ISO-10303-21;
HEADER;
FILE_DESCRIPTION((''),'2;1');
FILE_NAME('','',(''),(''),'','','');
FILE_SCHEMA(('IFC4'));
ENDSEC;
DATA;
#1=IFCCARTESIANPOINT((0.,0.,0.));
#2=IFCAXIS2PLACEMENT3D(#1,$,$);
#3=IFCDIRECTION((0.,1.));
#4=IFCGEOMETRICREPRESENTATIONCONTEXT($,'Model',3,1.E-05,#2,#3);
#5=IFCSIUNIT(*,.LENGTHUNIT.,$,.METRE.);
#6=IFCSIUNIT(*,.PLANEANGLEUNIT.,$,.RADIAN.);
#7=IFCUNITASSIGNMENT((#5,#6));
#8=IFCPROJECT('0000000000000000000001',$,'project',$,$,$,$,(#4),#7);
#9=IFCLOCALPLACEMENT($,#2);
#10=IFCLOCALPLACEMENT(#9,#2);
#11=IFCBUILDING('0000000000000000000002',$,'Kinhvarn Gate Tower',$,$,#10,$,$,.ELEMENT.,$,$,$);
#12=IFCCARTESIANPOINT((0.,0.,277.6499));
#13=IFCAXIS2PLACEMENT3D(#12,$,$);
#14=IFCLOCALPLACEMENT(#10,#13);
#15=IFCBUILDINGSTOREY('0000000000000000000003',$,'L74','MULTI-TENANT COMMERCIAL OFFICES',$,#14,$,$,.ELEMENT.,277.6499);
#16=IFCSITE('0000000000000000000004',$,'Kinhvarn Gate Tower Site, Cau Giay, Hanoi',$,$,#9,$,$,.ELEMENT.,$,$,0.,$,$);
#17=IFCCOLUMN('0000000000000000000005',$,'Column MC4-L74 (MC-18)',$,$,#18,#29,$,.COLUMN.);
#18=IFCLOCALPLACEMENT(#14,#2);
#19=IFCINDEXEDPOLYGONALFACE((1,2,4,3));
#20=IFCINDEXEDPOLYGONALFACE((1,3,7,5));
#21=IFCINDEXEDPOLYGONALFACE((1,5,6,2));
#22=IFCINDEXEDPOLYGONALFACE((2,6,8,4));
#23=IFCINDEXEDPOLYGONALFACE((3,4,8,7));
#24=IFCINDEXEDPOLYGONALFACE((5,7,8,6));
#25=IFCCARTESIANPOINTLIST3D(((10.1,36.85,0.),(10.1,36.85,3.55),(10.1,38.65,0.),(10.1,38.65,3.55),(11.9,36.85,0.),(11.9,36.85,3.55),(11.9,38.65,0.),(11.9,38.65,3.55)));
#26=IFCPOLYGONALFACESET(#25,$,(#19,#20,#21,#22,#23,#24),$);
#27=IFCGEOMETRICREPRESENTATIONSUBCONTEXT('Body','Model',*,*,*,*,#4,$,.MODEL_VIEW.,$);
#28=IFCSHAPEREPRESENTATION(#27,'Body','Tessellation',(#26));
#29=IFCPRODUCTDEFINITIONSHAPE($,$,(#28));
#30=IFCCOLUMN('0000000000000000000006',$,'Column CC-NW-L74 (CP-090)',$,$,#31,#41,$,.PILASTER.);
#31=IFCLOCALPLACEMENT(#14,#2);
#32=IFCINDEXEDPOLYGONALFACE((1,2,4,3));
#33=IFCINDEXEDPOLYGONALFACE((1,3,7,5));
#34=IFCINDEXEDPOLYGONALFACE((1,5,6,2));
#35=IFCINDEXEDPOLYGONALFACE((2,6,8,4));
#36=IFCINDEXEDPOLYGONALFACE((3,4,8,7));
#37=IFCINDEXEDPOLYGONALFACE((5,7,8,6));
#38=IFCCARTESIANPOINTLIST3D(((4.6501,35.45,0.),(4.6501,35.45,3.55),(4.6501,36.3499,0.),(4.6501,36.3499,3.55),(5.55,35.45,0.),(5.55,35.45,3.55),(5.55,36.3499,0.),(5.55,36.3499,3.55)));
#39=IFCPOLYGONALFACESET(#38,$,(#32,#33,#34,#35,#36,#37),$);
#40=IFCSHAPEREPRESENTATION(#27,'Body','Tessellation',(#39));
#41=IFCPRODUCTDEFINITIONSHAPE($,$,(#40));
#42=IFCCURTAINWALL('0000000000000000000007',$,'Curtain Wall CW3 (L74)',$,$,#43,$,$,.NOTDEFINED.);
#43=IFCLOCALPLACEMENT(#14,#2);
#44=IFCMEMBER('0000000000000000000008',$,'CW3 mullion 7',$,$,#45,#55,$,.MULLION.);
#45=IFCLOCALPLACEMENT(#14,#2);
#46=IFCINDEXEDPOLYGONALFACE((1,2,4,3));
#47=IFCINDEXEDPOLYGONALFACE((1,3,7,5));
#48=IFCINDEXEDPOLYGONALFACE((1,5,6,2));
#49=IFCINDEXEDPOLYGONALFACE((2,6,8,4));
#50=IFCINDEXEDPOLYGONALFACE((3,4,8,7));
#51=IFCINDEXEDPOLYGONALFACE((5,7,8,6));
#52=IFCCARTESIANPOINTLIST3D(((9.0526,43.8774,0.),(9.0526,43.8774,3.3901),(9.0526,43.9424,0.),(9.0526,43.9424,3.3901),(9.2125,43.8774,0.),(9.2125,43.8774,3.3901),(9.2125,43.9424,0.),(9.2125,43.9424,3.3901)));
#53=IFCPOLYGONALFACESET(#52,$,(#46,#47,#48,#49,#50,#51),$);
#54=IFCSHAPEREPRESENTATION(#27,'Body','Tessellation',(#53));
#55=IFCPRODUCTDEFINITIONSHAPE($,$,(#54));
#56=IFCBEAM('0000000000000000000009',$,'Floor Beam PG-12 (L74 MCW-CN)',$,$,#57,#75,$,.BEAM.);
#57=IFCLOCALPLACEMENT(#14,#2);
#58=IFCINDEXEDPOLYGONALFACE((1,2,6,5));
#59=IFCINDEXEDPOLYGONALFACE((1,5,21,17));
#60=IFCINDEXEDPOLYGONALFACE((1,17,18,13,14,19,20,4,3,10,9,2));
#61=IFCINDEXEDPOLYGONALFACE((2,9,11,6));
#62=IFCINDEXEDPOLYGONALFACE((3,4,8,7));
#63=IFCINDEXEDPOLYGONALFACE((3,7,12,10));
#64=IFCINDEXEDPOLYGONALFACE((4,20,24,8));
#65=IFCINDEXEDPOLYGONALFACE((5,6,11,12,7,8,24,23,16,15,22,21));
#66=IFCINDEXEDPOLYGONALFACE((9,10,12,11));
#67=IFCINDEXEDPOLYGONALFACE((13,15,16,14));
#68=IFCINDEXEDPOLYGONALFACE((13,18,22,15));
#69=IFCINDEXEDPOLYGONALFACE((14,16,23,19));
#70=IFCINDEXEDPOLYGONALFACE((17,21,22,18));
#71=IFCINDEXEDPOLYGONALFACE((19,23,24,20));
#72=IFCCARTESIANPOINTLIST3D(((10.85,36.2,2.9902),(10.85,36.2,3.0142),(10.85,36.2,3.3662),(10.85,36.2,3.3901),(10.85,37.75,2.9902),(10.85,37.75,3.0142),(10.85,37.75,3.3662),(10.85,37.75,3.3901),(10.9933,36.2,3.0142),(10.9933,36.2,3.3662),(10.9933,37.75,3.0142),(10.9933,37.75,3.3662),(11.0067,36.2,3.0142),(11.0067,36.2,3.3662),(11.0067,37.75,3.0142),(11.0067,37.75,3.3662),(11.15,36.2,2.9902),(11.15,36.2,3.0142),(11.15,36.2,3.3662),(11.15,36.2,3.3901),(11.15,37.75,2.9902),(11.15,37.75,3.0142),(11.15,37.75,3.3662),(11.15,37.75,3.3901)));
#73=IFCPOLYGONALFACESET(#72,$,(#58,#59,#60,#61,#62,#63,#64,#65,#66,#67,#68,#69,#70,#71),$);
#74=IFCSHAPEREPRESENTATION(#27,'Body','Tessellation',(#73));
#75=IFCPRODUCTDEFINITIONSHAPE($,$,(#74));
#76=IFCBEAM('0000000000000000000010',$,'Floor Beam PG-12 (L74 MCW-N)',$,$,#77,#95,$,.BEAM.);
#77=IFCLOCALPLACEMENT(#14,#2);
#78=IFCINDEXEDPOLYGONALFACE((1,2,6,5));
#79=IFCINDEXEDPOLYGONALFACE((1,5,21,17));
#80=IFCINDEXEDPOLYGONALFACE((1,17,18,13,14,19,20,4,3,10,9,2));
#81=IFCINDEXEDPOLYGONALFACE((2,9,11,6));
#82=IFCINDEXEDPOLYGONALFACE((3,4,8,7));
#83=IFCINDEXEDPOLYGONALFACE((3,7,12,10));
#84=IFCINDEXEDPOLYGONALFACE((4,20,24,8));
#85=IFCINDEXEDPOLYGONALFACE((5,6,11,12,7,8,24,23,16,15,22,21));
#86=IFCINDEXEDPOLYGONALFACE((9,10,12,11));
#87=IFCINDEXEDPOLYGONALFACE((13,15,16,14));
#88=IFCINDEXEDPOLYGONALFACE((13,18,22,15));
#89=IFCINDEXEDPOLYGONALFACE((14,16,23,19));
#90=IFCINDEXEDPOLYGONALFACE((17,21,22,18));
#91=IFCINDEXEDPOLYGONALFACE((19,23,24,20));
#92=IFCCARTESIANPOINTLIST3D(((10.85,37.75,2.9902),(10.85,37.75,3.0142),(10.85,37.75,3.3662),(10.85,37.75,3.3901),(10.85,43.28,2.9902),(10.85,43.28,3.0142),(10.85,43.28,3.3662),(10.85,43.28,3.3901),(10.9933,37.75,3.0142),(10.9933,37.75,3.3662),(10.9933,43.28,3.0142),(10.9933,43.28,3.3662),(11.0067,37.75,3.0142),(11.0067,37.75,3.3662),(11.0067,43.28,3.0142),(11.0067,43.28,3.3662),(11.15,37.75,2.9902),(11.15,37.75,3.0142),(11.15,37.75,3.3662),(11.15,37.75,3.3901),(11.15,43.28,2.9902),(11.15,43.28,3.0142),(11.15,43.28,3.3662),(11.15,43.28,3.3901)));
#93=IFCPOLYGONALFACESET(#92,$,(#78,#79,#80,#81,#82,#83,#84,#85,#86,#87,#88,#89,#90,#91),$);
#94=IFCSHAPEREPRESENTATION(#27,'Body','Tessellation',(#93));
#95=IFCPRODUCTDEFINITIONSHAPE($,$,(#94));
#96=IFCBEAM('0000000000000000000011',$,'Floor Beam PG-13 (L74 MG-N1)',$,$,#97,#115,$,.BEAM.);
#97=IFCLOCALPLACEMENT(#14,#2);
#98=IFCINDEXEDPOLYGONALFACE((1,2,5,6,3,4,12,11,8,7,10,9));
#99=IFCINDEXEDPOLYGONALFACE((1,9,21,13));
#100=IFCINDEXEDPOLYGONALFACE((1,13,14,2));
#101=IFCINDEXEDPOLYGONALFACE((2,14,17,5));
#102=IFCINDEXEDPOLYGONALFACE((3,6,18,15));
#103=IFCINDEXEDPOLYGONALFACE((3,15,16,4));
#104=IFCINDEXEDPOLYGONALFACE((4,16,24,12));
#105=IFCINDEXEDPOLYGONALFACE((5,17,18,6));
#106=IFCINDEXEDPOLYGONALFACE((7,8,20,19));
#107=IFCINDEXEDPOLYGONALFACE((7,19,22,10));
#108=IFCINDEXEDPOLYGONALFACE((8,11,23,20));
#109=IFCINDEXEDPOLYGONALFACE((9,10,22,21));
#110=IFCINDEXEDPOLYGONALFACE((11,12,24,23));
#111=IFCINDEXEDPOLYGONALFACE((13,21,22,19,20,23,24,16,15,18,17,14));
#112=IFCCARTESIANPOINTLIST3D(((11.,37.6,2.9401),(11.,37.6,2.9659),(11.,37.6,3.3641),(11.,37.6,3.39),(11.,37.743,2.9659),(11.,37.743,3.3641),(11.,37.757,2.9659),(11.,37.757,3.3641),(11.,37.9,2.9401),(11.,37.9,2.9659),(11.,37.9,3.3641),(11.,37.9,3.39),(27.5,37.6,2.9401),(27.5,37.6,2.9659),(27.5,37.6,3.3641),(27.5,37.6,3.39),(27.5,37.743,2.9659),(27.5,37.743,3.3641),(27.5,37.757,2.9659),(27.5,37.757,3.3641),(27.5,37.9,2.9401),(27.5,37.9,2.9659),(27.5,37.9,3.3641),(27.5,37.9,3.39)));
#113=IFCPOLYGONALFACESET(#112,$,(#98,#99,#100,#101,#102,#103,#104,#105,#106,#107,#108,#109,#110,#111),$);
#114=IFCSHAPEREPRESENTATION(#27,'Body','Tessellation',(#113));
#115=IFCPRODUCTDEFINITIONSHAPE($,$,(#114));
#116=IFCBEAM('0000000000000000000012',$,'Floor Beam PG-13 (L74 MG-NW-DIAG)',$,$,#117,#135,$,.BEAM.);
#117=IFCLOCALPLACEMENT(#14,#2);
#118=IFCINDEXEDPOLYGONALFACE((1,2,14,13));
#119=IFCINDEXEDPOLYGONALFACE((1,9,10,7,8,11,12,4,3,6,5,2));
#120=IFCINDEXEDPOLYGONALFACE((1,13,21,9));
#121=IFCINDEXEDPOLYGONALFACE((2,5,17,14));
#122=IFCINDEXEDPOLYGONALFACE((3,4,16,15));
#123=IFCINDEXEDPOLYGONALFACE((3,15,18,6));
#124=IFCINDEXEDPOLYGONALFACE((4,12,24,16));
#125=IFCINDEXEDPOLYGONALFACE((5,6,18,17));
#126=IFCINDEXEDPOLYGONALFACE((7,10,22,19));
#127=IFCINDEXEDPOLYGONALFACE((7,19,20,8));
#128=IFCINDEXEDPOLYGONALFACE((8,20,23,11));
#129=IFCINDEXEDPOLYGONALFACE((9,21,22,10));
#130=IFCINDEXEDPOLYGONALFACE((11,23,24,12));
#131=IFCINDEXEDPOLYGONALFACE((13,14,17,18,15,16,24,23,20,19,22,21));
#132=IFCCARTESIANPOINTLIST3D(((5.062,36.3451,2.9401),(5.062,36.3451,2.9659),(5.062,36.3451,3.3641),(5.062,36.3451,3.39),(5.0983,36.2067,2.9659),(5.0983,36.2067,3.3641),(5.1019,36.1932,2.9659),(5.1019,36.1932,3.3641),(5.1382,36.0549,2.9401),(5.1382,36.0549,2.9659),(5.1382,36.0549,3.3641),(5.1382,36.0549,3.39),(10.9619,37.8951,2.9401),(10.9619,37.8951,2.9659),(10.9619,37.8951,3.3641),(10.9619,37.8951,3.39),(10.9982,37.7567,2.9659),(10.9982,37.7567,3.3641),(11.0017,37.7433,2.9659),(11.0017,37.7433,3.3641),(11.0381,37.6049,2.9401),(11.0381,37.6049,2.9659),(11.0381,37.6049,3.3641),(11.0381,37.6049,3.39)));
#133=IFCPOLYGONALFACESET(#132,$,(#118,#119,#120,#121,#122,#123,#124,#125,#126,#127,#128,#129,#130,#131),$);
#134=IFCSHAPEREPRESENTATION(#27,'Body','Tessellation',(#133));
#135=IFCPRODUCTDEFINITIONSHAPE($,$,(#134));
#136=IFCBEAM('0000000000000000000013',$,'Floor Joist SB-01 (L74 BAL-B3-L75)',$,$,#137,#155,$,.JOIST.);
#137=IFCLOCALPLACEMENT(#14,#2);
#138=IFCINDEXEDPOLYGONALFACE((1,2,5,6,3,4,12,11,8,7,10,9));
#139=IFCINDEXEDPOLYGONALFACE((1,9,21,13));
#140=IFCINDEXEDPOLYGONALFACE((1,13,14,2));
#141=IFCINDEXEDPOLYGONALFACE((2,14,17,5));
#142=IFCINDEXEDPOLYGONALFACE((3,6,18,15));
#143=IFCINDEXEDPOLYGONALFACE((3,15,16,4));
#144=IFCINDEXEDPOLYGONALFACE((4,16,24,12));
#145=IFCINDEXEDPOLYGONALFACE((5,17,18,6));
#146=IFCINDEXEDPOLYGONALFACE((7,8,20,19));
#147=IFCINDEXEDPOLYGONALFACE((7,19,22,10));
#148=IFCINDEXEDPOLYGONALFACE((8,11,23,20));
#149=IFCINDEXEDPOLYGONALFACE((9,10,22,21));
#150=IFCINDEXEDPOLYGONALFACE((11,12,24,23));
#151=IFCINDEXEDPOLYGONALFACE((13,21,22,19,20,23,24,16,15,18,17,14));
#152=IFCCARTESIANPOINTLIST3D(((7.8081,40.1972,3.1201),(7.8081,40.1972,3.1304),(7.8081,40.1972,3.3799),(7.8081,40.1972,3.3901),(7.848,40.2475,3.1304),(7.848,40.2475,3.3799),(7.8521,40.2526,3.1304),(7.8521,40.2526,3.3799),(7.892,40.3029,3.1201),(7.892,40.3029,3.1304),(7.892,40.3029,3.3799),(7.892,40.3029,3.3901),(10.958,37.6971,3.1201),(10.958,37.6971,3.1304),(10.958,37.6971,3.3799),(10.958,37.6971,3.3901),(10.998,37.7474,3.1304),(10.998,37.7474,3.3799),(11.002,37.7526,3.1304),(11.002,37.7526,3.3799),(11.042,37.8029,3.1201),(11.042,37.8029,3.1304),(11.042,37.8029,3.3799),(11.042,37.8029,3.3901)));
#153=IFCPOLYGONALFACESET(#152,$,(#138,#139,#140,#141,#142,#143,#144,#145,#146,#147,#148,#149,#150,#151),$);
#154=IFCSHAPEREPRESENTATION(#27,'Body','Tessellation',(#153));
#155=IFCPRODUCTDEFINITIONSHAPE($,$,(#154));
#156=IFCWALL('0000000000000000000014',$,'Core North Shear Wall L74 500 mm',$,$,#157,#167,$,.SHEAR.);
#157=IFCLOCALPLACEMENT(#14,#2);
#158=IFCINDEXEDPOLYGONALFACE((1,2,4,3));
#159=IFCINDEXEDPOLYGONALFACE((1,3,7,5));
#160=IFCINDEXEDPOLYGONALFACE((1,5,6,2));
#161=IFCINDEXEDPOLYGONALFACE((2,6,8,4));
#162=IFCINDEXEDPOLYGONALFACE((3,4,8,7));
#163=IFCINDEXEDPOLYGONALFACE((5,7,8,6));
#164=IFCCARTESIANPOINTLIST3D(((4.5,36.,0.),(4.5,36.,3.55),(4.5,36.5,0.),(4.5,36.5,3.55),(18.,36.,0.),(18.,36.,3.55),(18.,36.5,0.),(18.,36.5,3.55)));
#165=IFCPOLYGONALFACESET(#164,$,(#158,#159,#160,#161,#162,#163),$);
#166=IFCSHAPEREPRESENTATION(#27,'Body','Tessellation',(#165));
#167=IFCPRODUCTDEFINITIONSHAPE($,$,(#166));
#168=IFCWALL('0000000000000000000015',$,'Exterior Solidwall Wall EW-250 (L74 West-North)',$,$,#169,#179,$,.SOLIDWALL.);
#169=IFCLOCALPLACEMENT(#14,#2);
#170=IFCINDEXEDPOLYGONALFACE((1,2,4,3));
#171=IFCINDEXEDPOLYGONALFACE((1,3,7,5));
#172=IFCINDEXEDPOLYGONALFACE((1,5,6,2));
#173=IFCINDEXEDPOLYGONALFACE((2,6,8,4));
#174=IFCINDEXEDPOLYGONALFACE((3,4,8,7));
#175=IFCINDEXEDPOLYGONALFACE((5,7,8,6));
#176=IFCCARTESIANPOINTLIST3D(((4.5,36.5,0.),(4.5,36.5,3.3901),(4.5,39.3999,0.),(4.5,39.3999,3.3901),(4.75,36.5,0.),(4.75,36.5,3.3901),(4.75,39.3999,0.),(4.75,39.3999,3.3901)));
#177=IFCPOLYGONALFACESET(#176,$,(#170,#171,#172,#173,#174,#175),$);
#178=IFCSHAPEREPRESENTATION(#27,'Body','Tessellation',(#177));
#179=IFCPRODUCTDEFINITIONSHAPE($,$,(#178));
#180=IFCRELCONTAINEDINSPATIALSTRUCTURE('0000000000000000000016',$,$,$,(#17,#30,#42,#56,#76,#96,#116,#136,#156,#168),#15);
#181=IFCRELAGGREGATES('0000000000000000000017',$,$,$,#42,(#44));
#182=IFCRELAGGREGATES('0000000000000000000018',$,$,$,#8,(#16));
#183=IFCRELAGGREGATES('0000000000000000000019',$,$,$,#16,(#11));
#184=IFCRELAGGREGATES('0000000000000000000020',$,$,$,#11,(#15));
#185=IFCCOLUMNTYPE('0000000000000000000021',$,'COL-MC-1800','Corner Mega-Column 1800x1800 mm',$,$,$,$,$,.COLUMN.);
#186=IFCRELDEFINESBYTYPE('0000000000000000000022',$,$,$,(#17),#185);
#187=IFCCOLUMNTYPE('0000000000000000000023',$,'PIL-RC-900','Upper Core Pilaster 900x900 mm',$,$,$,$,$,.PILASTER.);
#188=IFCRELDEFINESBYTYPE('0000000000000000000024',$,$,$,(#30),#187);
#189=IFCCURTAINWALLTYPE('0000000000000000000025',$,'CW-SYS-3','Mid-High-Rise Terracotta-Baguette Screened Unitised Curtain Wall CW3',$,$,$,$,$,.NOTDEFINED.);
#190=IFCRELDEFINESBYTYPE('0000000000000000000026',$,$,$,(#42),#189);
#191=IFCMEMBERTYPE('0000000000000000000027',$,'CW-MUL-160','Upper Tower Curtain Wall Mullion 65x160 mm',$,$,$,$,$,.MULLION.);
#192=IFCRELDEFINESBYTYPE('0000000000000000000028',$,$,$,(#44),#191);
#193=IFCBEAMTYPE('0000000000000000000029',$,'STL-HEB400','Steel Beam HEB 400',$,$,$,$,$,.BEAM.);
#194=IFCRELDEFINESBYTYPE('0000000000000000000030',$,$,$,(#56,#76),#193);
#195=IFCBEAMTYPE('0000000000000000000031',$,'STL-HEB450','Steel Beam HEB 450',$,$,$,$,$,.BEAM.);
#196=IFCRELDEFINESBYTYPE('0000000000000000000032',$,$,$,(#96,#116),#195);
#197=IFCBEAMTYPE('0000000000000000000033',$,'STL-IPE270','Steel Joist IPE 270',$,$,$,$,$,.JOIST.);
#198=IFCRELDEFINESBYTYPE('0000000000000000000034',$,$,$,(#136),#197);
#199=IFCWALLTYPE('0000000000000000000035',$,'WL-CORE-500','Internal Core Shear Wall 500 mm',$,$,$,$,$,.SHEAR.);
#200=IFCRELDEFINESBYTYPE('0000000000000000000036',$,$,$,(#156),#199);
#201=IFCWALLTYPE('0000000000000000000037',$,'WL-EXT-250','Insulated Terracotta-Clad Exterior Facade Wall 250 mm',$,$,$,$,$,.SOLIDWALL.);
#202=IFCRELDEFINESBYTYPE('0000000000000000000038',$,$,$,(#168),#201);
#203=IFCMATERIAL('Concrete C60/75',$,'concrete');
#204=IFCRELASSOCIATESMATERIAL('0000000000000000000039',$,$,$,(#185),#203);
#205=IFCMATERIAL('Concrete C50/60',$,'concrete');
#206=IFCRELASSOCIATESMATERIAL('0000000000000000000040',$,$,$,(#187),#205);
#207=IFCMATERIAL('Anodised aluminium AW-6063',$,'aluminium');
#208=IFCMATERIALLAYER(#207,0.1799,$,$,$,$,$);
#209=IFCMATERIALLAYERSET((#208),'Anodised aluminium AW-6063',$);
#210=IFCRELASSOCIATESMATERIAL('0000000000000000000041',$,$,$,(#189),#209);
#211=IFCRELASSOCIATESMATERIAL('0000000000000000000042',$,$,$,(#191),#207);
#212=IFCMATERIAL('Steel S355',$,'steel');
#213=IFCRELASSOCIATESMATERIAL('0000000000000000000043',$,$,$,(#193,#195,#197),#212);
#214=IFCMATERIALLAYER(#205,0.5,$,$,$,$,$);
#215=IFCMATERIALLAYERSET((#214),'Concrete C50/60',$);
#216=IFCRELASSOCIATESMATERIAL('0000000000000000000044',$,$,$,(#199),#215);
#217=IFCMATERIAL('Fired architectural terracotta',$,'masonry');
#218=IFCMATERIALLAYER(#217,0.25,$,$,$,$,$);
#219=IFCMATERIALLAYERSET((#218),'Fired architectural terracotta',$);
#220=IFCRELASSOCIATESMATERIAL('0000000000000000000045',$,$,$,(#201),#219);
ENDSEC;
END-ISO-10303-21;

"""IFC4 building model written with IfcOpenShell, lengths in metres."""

from ifc_helpers import new_model, si_unit, direction, frame, frame_2d, origin, origin_2d, place, context, subcontext, project, spatial, rectangle, i_section, extrude, material, layer, layer_set, material_profile, profile_set, type_object, element, aggregate, save


model = new_model("IFC4")

# Units and contexts
model_context = context("Model", 3, precision=1e-05, world=origin(), true_north=direction((0.0, 1.0)))
body_context = subcontext(model_context, "Body", "Model", "MODEL_VIEW")
ifc_project = project(units=[si_unit("LENGTHUNIT", "METRE"), si_unit("PLANEANGLEUNIT", "RADIAN")], contexts=[model_context])

# Site, building, storey
site_placement = place(None, origin())
site = spatial("IfcSite", under=ifc_project, at=site_placement, Name="Kinhvarn Gate Tower Site, Cau Giay, Hanoi", CompositionType="ELEMENT", RefElevation=0.0)
building_placement = place(site_placement, origin())
building = spatial("IfcBuilding", under=site, at=building_placement, Name="Kinhvarn Gate Tower", CompositionType="ELEMENT")
storey_placement = place(building_placement, frame((0.0, 0.0, 277.6499)))
storey = spatial("IfcBuildingStorey", under=building, at=storey_placement, Name="L74", Description="MULTI-TENANT COMMERCIAL OFFICES", CompositionType="ELEMENT", Elevation=277.6499)

# Columns
ifc_material_1 = material(Name="Concrete C60/75", Category="concrete")
ifc_material_profile_1 = material_profile(ifc_material_1, rectangle(XDim=1.8, YDim=1.8, at=origin_2d()), Name="RC 1800x1800")
ifc_profile_set_1 = profile_set([ifc_material_profile_1], Name="Concrete C60/75")
column_type_1 = type_object("IfcColumnType", Name="COL-MC-1800", Description="Corner Mega-Column 1800x1800 mm", PredefinedType="COLUMN", material=ifc_profile_set_1)
column_1_placement = place(storey_placement, frame((11.0, 37.75, 0.0), z_axis=(0.0, 0.0, 1.0), x_axis=(1.0, 0.0, 0.0)))
element("IfcColumn", 1, at=column_1_placement, inside=storey, type_object=column_type_1, Name="Column MC4-L74 (MC-18)", PredefinedType="COLUMN", context=body_context, shape_type="SweptSolid", body=[
    extrude(rectangle(XDim=1.8, YDim=1.8, at=origin_2d()), origin(), (0.0, 0.0, 1.0), 3.55),
])
ifc_material_2 = material(Name="Concrete C50/60", Category="concrete")
ifc_material_profile_2 = material_profile(ifc_material_2, rectangle(XDim=0.8999, YDim=0.8999, at=origin_2d()), Name="RC 900x900")
ifc_profile_set_2 = profile_set([ifc_material_profile_2], Name="Concrete C50/60")
column_type_2 = type_object("IfcColumnType", Name="PIL-RC-900", Description="Upper Core Pilaster 900x900 mm", PredefinedType="PILASTER", material=ifc_profile_set_2)
column_2_placement = place(storey_placement, frame((5.1001, 35.8999, 0.0), z_axis=(0.0, 0.0, 1.0), x_axis=(1.0, 0.0, 0.0)))
element("IfcColumn", 2, at=column_2_placement, inside=storey, type_object=column_type_2, Name="Column CC-NW-L74 (CP-090)", PredefinedType="PILASTER", context=body_context, shape_type="SweptSolid", body=[
    extrude(rectangle(XDim=0.8999, YDim=0.8999, at=origin_2d()), origin(), (0.0, 0.0, 1.0), 3.55),
])

# Curtain wall, member
ifc_material_3 = material(Name="Anodised aluminium AW-6063", Category="aluminium")
ifc_layer_1 = layer(ifc_material_3, 0.1799)
ifc_layer_set_1 = layer_set([ifc_layer_1], Name="Anodised aluminium AW-6063")
curtain_wall_type = type_object("IfcCurtainWallType", Name="CW-SYS-3", Description="Mid-High-Rise Terracotta-Baguette Screened Unitised Curtain Wall CW3", PredefinedType="NOTDEFINED", material=ifc_layer_set_1)
curtain_wall_placement = place(storey_placement, origin())
curtain_wall = element("IfcCurtainWall", 3, at=curtain_wall_placement, inside=storey, type_object=curtain_wall_type, Name="Curtain Wall CW3 (L74)", PredefinedType="NOTDEFINED")
ifc_material_profile_3 = material_profile(ifc_material_3, rectangle(XDim=0.0649, YDim=0.1599, at=origin_2d()), Name="ALU 65x160")
ifc_profile_set_3 = profile_set([ifc_material_profile_3], Name="Anodised aluminium AW-6063")
member_type = type_object("IfcMemberType", Name="CW-MUL-160", Description="Upper Tower Curtain Wall Mullion 65x160 mm", PredefinedType="MULLION", material=ifc_profile_set_3)
member_placement = place(storey_placement, frame((9.1326, 43.9099, 0.0), z_axis=(0.0, 0.0, 1.0), x_axis=(0.0, -1.0, 0.0)))
member = element("IfcMember", 4, at=member_placement, type_object=member_type, Name="CW3 mullion 7", PredefinedType="MULLION", context=body_context, shape_type="SweptSolid", body=[
    extrude(rectangle(XDim=0.0649, YDim=0.1599, at=origin_2d()), origin(), (0.0, 0.0, 1.0), 3.3901),
])
aggregate(curtain_wall, [member])

# Beams
ifc_material_4 = material(Name="Steel S355", Category="steel")
ifc_material_profile_4 = material_profile(ifc_material_4, i_section(OverallWidth=0.3, OverallDepth=0.3999, WebThickness=0.0134, FlangeThickness=0.0239, at=origin_2d()), Name="HEB 400")
ifc_profile_set_4 = profile_set([ifc_material_profile_4], Name="Steel S355")
beam_type_1 = type_object("IfcBeamType", Name="STL-HEB400", Description="Steel Beam HEB 400", PredefinedType="BEAM", material=ifc_profile_set_4)
beam_1_placement = place(storey_placement, frame((11.0, 36.2, 3.1902), z_axis=(0.0, 1.0, 0.0), x_axis=(-1.0, 0.0, 0.0)))
element("IfcBeam", 5, at=beam_1_placement, inside=storey, type_object=beam_type_1, Name="Floor Beam PG-12 (L74 MCW-CN)", PredefinedType="BEAM", context=body_context, shape_type="SweptSolid", body=[
    extrude(i_section(OverallWidth=0.3, OverallDepth=0.3999, WebThickness=0.0134, FlangeThickness=0.0239, at=origin_2d()), origin(), (0.0, 0.0, 1.0), 1.55),
])
beam_2_placement = place(storey_placement, frame((11.0, 37.75, 3.1902), z_axis=(0.0, 1.0, 0.0), x_axis=(-1.0, 0.0, 0.0)))
element("IfcBeam", 6, at=beam_2_placement, inside=storey, type_object=beam_type_1, Name="Floor Beam PG-12 (L74 MCW-N)", PredefinedType="BEAM", context=body_context, shape_type="SweptSolid", body=[
    extrude(i_section(OverallWidth=0.3, OverallDepth=0.3999, WebThickness=0.0134, FlangeThickness=0.0239, at=origin_2d()), origin(), (0.0, 0.0, 1.0), 5.53),
])
ifc_material_profile_5 = material_profile(ifc_material_4, i_section(OverallWidth=0.3, OverallDepth=0.45, WebThickness=0.0139, FlangeThickness=0.0259, at=origin_2d()), Name="HEB 450")
ifc_profile_set_5 = profile_set([ifc_material_profile_5], Name="Steel S355")
beam_type_2 = type_object("IfcBeamType", Name="STL-HEB450", Description="Steel Beam HEB 450", PredefinedType="BEAM", material=ifc_profile_set_5)
beam_3_placement = place(storey_placement, frame((11.0, 37.75, 3.165), z_axis=(1.0, 0.0, 0.0), x_axis=(0.0, 1.0, 0.0)))
element("IfcBeam", 7, at=beam_3_placement, inside=storey, type_object=beam_type_2, Name="Floor Beam PG-13 (L74 MG-N1)", PredefinedType="BEAM", context=body_context, shape_type="SweptSolid", body=[
    extrude(i_section(OverallWidth=0.3, OverallDepth=0.45, WebThickness=0.0139, FlangeThickness=0.0259, at=origin_2d()), origin(), (0.0, 0.0, 1.0), 16.5),
])
beam_4_placement = place(storey_placement, frame((5.1001, 36.2, 3.165), z_axis=(0.967178, 0.254101, 0.0), x_axis=(-0.254101, 0.967178, 0.0)))
element("IfcBeam", 8, at=beam_4_placement, inside=storey, type_object=beam_type_2, Name="Floor Beam PG-13 (L74 MG-NW-DIAG)", PredefinedType="BEAM", context=body_context, shape_type="SweptSolid", body=[
    extrude(i_section(OverallWidth=0.3, OverallDepth=0.45, WebThickness=0.0139, FlangeThickness=0.0259, at=origin_2d()), origin(), (0.0, 0.0, 1.0), 6.1001),
])
ifc_material_profile_6 = material_profile(ifc_material_4, i_section(OverallWidth=0.135, OverallDepth=0.27, WebThickness=0.0066, FlangeThickness=0.0103, at=origin_2d()), Name="IPE 270")
ifc_profile_set_6 = profile_set([ifc_material_profile_6], Name="Steel S355")
beam_type_3 = type_object("IfcBeamType", Name="STL-IPE270", Description="Steel Joist IPE 270", PredefinedType="JOIST", material=ifc_profile_set_6)
beam_5_placement = place(storey_placement, frame((11.0, 37.75, 3.2551), z_axis=(-0.78328, 0.62167, 0.0), x_axis=(-0.62167, -0.78328, 0.0)))
element("IfcBeam", 9, at=beam_5_placement, inside=storey, type_object=beam_type_3, Name="Floor Joist SB-01 (L74 BAL-B3-L75)", PredefinedType="JOIST", context=body_context, shape_type="SweptSolid", body=[
    extrude(i_section(OverallWidth=0.135, OverallDepth=0.27, WebThickness=0.0066, FlangeThickness=0.0103, at=origin_2d()), origin(), (0.0, 0.0, 1.0), 4.0215),
])

# Walls
ifc_layer_2 = layer(ifc_material_2, 0.5)
ifc_layer_set_2 = layer_set([ifc_layer_2], Name="Concrete C50/60")
wall_type_1 = type_object("IfcWallType", Name="WL-CORE-500", Description="Internal Core Shear Wall 500 mm", PredefinedType="SHEAR", material=ifc_layer_set_2)
wall_1_placement = place(storey_placement, frame((4.5, 36.25, 0.0), z_axis=(0.0, 0.0, 1.0), x_axis=(1.0, 0.0, 0.0)))
element("IfcWall", 10, at=wall_1_placement, inside=storey, type_object=wall_type_1, Name="Core North Shear Wall L74 500 mm", PredefinedType="SHEAR", context=body_context, shape_type="SweptSolid", body=[
    extrude(rectangle(XDim=13.5, YDim=0.5, at=frame_2d((6.75, 0.0))), origin(), (0.0, 0.0, 1.0), 3.55),
])
ifc_material_5 = material(Name="Fired architectural terracotta", Category="masonry")
ifc_layer_3 = layer(ifc_material_5, 0.25)
ifc_layer_set_3 = layer_set([ifc_layer_3], Name="Fired architectural terracotta")
wall_type_2 = type_object("IfcWallType", Name="WL-EXT-250", Description="Insulated Terracotta-Clad Exterior Facade Wall 250 mm", PredefinedType="SOLIDWALL", material=ifc_layer_set_3)
wall_2_placement = place(storey_placement, frame((4.625, 39.3999, 0.0), z_axis=(0.0, 0.0, 1.0), x_axis=(0.0, -1.0, 0.0)))
element("IfcWall", 11, at=wall_2_placement, inside=storey, type_object=wall_type_2, Name="Exterior Solidwall Wall EW-250 (L74 West-North)", PredefinedType="SOLIDWALL", context=body_context, shape_type="SweptSolid", body=[
    extrude(rectangle(XDim=2.8999, YDim=0.25, at=frame_2d((1.45, 0.0))), origin(), (0.0, 0.0, 1.0), 3.3901),
])

save(model, "model.ifc")
